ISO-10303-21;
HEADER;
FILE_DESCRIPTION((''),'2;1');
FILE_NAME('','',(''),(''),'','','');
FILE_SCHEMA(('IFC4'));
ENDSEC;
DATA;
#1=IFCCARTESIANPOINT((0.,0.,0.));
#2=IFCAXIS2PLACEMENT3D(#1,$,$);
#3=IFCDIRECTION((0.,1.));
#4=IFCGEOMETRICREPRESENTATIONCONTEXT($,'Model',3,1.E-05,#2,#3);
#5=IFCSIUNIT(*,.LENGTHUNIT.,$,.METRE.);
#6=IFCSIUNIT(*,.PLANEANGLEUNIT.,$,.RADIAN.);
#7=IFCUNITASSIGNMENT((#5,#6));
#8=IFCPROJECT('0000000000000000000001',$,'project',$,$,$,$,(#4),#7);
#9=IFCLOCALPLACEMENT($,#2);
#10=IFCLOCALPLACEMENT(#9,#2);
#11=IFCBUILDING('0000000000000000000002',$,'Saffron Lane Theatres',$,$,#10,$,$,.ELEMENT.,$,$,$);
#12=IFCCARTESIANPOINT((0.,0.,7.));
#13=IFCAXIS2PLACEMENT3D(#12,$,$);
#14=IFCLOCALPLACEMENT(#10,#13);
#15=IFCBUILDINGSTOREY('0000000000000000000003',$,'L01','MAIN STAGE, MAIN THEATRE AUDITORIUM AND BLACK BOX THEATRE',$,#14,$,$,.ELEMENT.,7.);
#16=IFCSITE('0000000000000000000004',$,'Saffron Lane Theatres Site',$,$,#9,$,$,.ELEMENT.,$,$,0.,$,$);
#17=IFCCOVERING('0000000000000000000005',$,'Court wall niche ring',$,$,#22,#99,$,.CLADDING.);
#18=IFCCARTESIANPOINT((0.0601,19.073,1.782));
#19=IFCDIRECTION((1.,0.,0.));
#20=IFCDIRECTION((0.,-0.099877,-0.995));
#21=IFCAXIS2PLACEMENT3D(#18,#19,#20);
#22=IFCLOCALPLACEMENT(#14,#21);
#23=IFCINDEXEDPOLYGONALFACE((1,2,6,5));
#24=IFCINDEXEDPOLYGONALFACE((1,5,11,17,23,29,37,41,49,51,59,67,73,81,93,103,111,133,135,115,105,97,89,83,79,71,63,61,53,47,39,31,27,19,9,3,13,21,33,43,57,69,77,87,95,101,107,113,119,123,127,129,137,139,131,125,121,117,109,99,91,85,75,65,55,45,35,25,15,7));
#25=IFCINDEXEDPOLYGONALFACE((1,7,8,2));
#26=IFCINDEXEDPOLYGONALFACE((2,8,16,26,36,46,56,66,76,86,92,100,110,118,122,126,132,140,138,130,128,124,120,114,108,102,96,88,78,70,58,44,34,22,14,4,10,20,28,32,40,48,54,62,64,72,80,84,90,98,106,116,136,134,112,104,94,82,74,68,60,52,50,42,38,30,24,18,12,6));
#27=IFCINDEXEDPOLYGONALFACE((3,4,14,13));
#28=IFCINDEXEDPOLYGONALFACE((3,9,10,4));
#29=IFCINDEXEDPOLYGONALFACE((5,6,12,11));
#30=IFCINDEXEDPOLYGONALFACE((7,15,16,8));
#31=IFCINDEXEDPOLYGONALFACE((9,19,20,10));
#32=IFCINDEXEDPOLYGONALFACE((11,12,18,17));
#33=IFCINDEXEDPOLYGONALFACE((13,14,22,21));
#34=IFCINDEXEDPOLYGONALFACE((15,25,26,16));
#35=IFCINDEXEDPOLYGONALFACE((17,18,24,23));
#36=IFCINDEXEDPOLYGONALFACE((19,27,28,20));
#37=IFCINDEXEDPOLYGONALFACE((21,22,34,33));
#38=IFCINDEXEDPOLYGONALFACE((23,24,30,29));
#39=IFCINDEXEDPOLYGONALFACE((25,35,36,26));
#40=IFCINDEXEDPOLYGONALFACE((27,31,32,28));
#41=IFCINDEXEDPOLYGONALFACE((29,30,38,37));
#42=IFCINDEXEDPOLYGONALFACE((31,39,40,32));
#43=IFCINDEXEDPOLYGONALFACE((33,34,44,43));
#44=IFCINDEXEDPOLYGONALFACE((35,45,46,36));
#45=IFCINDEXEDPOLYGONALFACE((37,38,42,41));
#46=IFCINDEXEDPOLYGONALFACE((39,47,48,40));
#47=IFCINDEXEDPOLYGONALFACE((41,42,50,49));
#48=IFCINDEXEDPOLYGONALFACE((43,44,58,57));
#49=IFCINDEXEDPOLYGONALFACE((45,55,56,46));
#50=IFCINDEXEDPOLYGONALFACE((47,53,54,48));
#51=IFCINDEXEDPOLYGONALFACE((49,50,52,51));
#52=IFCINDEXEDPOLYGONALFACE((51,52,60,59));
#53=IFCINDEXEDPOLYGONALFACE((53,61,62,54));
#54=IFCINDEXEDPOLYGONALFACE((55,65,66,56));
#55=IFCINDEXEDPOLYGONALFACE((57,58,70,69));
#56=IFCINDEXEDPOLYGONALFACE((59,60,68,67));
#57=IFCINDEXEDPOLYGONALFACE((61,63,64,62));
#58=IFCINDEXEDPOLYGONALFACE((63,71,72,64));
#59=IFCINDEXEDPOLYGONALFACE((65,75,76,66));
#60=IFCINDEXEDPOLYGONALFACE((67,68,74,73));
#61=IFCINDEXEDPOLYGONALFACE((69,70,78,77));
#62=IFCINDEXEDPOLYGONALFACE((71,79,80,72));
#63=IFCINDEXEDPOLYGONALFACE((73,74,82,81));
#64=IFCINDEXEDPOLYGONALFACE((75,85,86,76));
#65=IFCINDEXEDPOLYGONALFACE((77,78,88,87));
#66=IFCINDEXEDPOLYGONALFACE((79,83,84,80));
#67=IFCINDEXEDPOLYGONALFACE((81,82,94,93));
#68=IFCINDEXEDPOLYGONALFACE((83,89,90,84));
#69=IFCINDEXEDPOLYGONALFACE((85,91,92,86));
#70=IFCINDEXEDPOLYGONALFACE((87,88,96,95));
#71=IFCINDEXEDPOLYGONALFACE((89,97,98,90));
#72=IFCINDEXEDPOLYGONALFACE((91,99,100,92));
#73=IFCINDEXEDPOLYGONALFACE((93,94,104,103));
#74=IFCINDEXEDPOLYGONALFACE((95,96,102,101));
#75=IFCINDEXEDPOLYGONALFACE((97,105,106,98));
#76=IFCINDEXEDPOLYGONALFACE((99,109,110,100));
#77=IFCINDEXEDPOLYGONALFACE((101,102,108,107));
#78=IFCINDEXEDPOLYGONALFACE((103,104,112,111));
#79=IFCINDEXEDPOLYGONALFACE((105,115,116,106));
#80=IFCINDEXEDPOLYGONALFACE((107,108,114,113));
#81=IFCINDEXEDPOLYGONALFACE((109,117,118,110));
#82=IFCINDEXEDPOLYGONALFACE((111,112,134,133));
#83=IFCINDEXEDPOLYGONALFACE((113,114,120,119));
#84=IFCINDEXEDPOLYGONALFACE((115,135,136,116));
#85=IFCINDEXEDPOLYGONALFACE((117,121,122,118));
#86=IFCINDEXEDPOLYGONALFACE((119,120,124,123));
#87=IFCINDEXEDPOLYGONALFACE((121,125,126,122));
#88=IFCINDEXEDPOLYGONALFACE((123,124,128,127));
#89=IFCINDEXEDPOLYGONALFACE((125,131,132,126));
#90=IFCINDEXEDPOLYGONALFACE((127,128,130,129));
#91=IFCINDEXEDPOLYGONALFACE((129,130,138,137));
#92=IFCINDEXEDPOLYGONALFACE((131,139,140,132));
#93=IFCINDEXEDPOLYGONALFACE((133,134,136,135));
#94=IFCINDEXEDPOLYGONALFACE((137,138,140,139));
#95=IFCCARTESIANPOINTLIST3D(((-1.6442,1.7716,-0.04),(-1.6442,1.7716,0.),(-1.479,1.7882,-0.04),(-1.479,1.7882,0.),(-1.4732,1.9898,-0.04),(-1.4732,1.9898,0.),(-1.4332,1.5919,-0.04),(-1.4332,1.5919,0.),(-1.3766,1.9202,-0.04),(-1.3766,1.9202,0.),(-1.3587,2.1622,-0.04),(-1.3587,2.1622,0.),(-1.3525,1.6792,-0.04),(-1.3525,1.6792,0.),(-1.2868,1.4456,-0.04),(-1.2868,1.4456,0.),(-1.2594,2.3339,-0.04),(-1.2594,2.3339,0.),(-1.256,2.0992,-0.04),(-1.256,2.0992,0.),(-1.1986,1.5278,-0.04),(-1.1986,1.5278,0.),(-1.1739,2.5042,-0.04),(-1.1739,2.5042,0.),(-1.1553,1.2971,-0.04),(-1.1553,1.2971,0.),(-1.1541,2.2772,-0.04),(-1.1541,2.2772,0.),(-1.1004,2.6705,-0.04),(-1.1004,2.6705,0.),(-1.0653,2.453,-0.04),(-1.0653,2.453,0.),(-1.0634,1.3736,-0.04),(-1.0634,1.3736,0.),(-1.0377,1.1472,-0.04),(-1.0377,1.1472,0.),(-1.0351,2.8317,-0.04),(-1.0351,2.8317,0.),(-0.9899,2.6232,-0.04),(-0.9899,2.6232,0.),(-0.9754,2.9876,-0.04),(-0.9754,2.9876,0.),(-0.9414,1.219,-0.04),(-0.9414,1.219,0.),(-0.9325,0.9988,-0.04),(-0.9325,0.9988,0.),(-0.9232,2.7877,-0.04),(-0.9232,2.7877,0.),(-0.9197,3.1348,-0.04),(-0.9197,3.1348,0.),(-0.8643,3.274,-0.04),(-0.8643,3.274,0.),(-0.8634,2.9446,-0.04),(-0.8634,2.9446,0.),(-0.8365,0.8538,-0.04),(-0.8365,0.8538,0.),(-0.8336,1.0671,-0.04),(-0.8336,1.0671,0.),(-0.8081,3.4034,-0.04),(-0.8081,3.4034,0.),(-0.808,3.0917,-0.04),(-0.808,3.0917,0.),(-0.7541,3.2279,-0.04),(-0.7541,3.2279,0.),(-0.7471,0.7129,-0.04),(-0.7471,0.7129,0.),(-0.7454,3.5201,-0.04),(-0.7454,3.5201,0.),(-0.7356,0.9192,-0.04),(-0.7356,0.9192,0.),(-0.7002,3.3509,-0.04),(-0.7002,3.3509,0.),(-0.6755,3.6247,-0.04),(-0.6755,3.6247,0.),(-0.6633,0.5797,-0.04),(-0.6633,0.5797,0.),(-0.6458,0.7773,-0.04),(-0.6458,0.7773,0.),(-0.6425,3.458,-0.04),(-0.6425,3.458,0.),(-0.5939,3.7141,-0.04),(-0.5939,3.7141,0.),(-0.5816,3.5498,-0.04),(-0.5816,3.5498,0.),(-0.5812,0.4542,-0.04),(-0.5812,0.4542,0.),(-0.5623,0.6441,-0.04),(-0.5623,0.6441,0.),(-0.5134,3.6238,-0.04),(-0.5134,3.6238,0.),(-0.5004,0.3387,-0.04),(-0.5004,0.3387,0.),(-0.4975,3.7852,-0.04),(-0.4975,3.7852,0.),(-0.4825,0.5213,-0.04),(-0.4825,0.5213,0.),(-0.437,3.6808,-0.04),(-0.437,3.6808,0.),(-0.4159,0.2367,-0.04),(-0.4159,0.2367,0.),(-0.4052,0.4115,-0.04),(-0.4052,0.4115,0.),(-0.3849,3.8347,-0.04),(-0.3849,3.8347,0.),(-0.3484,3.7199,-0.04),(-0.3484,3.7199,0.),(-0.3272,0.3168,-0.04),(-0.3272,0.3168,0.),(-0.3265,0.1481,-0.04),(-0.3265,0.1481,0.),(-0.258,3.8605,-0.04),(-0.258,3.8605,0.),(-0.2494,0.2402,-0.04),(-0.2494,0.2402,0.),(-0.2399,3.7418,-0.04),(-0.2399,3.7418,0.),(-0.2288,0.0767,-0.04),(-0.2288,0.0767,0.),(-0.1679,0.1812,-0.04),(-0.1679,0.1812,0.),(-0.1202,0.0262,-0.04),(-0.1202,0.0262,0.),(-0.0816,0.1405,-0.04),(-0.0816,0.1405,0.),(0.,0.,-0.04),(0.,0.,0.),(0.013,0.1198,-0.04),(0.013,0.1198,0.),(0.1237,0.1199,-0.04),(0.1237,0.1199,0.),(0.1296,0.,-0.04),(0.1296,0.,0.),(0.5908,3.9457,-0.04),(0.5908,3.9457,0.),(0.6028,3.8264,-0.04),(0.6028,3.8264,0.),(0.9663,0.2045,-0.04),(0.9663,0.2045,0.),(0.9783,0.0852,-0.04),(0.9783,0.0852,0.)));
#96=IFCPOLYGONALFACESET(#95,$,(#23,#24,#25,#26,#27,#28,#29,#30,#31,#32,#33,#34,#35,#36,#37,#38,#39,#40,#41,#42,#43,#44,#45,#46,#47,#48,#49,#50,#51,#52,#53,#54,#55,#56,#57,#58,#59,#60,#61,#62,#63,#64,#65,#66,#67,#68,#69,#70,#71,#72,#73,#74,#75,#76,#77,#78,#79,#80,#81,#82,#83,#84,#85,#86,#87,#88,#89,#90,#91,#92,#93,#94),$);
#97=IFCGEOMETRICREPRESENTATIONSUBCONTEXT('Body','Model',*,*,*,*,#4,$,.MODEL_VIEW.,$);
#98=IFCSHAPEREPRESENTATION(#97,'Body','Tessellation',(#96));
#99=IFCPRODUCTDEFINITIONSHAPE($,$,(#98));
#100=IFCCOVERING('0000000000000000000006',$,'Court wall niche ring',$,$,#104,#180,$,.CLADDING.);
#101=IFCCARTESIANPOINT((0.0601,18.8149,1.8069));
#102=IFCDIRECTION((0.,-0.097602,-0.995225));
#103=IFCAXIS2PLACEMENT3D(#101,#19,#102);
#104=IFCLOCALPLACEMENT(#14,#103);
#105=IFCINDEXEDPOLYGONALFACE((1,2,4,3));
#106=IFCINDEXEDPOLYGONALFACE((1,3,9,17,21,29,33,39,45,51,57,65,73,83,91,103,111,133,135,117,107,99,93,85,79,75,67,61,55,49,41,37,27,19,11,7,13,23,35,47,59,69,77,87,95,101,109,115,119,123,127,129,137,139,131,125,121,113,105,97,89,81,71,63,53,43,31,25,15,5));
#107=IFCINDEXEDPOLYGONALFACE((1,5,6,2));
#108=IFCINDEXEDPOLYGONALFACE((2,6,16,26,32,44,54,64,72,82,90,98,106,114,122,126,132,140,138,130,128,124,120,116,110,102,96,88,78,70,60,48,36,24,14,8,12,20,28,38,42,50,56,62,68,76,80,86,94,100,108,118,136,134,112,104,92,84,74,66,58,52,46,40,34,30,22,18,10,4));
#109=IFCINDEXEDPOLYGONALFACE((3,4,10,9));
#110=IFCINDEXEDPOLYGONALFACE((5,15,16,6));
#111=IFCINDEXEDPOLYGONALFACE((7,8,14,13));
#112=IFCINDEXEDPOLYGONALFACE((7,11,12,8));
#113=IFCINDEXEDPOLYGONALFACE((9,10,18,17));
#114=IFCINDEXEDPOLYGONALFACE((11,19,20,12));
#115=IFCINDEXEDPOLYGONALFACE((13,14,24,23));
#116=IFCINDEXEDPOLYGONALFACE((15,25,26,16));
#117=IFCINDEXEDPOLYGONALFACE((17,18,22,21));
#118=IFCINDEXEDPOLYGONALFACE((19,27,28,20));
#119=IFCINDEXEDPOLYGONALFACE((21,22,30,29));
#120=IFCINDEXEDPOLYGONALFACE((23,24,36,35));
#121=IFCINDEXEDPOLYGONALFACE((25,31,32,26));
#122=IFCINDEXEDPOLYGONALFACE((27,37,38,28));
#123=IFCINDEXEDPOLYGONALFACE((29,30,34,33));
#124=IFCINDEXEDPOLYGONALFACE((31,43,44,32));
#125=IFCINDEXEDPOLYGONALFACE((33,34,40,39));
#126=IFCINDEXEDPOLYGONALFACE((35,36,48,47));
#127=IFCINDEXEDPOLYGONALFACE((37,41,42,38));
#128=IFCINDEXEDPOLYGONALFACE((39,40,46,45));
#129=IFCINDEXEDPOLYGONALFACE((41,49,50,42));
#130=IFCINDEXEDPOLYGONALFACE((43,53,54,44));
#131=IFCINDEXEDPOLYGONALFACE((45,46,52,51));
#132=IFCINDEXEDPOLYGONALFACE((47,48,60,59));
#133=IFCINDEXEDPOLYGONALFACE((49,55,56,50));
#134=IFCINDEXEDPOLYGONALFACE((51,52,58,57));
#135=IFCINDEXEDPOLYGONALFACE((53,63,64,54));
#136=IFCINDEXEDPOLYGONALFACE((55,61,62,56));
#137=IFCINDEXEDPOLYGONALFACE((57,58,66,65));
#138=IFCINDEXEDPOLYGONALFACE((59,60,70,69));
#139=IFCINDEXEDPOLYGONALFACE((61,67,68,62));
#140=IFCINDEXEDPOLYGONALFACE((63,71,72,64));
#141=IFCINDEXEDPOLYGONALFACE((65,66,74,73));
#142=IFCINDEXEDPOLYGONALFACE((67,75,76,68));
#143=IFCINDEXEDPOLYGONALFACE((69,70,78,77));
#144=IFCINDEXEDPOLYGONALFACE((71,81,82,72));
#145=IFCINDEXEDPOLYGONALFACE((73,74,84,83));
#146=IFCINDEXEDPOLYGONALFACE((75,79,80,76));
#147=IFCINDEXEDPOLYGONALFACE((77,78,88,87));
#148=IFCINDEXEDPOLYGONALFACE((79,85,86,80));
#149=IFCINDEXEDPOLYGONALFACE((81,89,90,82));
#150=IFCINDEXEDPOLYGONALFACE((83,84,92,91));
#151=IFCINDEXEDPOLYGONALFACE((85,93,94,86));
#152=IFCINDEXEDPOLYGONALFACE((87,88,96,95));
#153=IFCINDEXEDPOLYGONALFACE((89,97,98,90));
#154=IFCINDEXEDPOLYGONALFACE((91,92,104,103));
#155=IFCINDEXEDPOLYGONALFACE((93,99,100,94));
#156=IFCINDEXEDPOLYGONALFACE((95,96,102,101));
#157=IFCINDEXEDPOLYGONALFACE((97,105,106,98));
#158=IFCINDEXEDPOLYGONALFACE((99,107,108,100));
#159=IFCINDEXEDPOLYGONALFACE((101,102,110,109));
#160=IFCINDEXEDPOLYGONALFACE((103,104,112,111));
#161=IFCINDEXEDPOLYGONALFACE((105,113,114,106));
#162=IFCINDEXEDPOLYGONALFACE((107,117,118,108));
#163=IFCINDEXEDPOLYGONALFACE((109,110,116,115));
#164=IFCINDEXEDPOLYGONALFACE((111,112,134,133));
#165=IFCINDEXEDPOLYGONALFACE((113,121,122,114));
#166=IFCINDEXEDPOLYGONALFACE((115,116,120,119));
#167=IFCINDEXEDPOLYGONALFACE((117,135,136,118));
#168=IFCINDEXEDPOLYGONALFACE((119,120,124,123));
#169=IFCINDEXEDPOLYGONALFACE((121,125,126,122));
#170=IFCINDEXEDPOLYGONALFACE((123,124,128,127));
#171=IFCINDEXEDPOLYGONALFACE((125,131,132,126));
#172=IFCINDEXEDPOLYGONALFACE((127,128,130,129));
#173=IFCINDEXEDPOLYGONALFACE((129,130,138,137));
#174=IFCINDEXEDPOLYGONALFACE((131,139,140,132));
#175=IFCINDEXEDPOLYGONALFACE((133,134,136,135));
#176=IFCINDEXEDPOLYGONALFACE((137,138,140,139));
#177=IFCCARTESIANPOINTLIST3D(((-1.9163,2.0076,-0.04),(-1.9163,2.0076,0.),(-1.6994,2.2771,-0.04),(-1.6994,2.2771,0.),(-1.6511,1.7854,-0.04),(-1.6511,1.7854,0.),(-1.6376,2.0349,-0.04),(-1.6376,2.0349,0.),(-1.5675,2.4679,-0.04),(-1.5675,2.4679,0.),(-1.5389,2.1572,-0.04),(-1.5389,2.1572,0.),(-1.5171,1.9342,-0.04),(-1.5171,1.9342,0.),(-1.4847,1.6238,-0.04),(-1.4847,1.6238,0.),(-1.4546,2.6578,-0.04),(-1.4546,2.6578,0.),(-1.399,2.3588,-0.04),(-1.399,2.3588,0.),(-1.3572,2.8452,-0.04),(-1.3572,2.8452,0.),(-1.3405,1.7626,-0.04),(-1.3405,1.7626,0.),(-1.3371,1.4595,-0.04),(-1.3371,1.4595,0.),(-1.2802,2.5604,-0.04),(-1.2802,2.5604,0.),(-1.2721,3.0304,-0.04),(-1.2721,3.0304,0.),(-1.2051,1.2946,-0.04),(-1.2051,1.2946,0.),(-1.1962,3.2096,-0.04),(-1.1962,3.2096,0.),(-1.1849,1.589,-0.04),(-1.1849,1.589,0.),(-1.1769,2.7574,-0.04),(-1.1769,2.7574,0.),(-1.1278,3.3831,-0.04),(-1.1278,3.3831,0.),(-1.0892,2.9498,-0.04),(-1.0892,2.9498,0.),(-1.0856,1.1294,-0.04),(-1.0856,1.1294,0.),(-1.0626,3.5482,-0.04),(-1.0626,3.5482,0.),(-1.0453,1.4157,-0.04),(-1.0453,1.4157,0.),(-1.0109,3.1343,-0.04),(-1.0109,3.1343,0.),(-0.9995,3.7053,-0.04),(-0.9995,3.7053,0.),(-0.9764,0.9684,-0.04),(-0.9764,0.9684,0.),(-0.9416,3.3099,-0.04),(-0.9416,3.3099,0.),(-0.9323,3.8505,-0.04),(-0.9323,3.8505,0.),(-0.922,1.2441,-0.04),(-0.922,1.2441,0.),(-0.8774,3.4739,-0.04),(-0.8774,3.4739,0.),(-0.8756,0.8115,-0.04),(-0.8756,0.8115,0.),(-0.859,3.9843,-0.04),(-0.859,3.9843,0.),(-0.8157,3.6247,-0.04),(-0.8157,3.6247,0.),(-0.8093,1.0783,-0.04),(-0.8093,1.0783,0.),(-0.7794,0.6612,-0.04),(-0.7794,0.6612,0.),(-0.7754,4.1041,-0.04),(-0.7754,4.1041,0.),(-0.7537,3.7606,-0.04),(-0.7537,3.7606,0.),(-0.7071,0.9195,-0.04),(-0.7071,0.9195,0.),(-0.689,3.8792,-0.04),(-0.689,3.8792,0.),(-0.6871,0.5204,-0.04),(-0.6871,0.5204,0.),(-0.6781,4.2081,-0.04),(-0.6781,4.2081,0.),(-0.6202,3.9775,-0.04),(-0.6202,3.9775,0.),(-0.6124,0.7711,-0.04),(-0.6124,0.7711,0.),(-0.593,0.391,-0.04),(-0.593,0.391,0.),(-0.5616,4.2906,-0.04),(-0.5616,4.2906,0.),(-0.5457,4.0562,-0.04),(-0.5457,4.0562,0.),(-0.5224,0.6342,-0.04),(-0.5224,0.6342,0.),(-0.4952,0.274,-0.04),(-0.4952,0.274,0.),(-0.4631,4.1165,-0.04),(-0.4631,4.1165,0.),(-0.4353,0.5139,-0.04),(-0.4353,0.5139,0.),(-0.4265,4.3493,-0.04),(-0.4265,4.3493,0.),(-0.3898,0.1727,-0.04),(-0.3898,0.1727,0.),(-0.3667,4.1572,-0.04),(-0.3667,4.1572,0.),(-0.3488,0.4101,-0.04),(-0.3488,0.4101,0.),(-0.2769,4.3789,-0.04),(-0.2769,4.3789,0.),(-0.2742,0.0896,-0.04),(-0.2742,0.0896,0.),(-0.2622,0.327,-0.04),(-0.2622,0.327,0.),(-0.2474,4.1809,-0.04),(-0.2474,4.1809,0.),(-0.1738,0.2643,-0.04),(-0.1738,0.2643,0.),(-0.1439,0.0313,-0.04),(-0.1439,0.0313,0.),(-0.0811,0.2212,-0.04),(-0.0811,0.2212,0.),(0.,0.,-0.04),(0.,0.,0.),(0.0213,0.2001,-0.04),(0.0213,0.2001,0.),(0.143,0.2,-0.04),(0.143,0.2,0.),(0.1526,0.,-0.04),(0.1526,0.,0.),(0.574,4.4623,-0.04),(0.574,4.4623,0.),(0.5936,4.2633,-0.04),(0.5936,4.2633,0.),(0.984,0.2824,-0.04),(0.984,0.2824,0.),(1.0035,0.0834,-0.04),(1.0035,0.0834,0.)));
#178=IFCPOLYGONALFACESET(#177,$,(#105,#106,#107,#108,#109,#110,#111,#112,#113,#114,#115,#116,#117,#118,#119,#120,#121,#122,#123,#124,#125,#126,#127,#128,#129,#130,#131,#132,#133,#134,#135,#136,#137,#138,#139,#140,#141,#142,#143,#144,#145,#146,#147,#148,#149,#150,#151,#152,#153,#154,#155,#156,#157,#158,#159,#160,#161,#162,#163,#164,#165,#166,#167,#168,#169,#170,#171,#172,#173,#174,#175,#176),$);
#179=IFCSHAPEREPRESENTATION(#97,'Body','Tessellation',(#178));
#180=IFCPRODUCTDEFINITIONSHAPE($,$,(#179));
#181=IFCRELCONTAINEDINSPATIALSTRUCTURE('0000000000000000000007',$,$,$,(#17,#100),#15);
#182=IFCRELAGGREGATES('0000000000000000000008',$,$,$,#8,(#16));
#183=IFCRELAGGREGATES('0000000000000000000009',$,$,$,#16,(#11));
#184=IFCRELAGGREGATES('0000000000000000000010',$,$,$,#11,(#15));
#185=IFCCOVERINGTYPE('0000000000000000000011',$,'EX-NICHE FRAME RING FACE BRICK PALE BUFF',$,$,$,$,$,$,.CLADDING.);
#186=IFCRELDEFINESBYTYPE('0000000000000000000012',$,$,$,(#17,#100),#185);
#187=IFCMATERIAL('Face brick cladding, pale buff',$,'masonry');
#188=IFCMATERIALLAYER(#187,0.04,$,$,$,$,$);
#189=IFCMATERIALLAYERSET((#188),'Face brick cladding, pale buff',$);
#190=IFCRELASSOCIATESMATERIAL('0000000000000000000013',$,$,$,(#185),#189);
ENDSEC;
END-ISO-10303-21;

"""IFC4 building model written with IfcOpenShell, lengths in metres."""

from ifc_helpers import new_model, si_unit, direction, frame, origin, place, context, subcontext, project, spatial, polyline, outline, extrude, material, layer, layer_set, type_object, element, save


model = new_model("IFC4")

# Units and contexts
model_context = context("Model", 3, precision=1e-05, world=origin(), true_north=direction((0.0, 1.0)))
body_context = subcontext(model_context, "Body", "Model", "MODEL_VIEW")
ifc_project = project(units=[si_unit("LENGTHUNIT", "METRE"), si_unit("PLANEANGLEUNIT", "RADIAN")], contexts=[model_context])

# Site, building, storey
site_placement = place(None, origin())
site = spatial("IfcSite", under=ifc_project, at=site_placement, Name="Saffron Lane Theatres Site", CompositionType="ELEMENT", RefElevation=0.0)
building_placement = place(site_placement, origin())
building = spatial("IfcBuilding", under=site, at=building_placement, Name="Saffron Lane Theatres", CompositionType="ELEMENT")
storey_placement = place(building_placement, frame((0.0, 0.0, 7.0)))
storey = spatial("IfcBuildingStorey", under=building, at=storey_placement, Name="L01", Description="MAIN STAGE, MAIN THEATRE AUDITORIUM AND BLACK BOX THEATRE", CompositionType="ELEMENT", Elevation=7.0)

# Coverings
ifc_material_1 = material(Name="Face brick cladding, pale buff", Category="masonry")
ifc_layer_1 = layer(ifc_material_1, 0.04)
ifc_layer_set_1 = layer_set([ifc_layer_1], Name="Face brick cladding, pale buff")
covering_type_1 = type_object("IfcCoveringType", Name="EX-NICHE FRAME RING FACE BRICK PALE BUFF", PredefinedType="CLADDING", material=ifc_layer_set_1)
covering_1_placement = place(storey_placement, frame((0.0601, 19.073, 1.782), z_axis=(1.0, 0.0, 0.0), x_axis=(0.0, -0.099877, -0.995)))
element("IfcCovering", 1, at=covering_1_placement, inside=storey, type_object=covering_type_1, Name="Court wall niche ring", PredefinedType="CLADDING", context=body_context, shape_type="SweptSolid", body=[
    extrude(outline(polyline([(0.0, 0.0), (0.1296, 0.0), (0.9783, 0.0852), (0.9663, 0.2045), (0.1237, 0.1199), (0.013, 0.1198), (-0.0816, 0.1405), (-0.1679, 0.1812), (-0.2494, 0.2402), (-0.3272, 0.3168), (-0.4052, 0.4115), (-0.4825, 0.5213), (-0.5623, 0.6441), (-0.6458, 0.7773), (-0.7356, 0.9192), (-0.8336, 1.0671), (-0.9414, 1.219), (-1.0634, 1.3736), (-1.1986, 1.5278), (-1.3525, 1.6792), (-1.479, 1.7882), (-1.3766, 1.9202), (-1.256, 2.0992), (-1.1541, 2.2772), (-1.0653, 2.453), (-0.9899, 2.6232), (-0.9232, 2.7877), (-0.8634, 2.9446), (-0.808, 3.0917), (-0.7541, 3.2279), (-0.7002, 3.3509), (-0.6425, 3.458), (-0.5816, 3.5498), (-0.5134, 3.6238), (-0.437, 3.6808), (-0.3484, 3.7199), (-0.2399, 3.7418), (0.6028, 3.8264), (0.5908, 3.9457), (-0.258, 3.8605), (-0.3849, 3.8347), (-0.4975, 3.7852), (-0.5939, 3.7141), (-0.6755, 3.6247), (-0.7454, 3.5201), (-0.8081, 3.4034), (-0.8643, 3.274), (-0.9197, 3.1348), (-0.9754, 2.9876), (-1.0351, 2.8317), (-1.1004, 2.6705), (-1.1739, 2.5042), (-1.2594, 2.3339), (-1.3587, 2.1622), (-1.4732, 1.9898), (-1.6442, 1.7716), (-1.4332, 1.5919), (-1.2868, 1.4456), (-1.1553, 1.2971), (-1.0377, 1.1472), (-0.9325, 0.9988), (-0.8365, 0.8538), (-0.7471, 0.7129), (-0.6633, 0.5797), (-0.5812, 0.4542), (-0.5004, 0.3387), (-0.4159, 0.2367), (-0.3265, 0.1481), (-0.2288, 0.0767), (-0.1202, 0.0262), (0.0, 0.0)])), origin(), (0.0, 0.0, -1.0), 0.04),
])
covering_2_placement = place(storey_placement, frame((0.0601, 18.8149, 1.8069), z_axis=(1.0, 0.0, 0.0), x_axis=(0.0, -0.097602, -0.995225)))
element("IfcCovering", 2, at=covering_2_placement, inside=storey, type_object=covering_type_1, Name="Court wall niche ring", PredefinedType="CLADDING", context=body_context, shape_type="SweptSolid", body=[
    extrude(outline(polyline([(0.0, 0.0), (0.1526, 0.0), (1.0035, 0.0834), (0.984, 0.2824), (0.143, 0.2), (0.0213, 0.2001), (-0.0811, 0.2212), (-0.1738, 0.2643), (-0.2622, 0.327), (-0.3488, 0.4101), (-0.4353, 0.5139), (-0.5224, 0.6342), (-0.6124, 0.7711), (-0.7071, 0.9195), (-0.8093, 1.0783), (-0.922, 1.2441), (-1.0453, 1.4157), (-1.1849, 1.589), (-1.3405, 1.7626), (-1.5171, 1.9342), (-1.6376, 2.0349), (-1.5389, 2.1572), (-1.399, 2.3588), (-1.2802, 2.5604), (-1.1769, 2.7574), (-1.0892, 2.9498), (-1.0109, 3.1343), (-0.9416, 3.3099), (-0.8774, 3.4739), (-0.8157, 3.6247), (-0.7537, 3.7606), (-0.689, 3.8792), (-0.6202, 3.9775), (-0.5457, 4.0562), (-0.4631, 4.1165), (-0.3667, 4.1572), (-0.2474, 4.1809), (0.5936, 4.2633), (0.574, 4.4623), (-0.2769, 4.3789), (-0.4265, 4.3493), (-0.5616, 4.2906), (-0.6781, 4.2081), (-0.7754, 4.1041), (-0.859, 3.9843), (-0.9323, 3.8505), (-0.9995, 3.7053), (-1.0626, 3.5482), (-1.1278, 3.3831), (-1.1962, 3.2096), (-1.2721, 3.0304), (-1.3572, 2.8452), (-1.4546, 2.6578), (-1.5675, 2.4679), (-1.6994, 2.2771), (-1.9163, 2.0076), (-1.6511, 1.7854), (-1.4847, 1.6238), (-1.3371, 1.4595), (-1.2051, 1.2946), (-1.0856, 1.1294), (-0.9764, 0.9684), (-0.8756, 0.8115), (-0.7794, 0.6612), (-0.6871, 0.5204), (-0.593, 0.391), (-0.4952, 0.274), (-0.3898, 0.1727), (-0.2742, 0.0896), (-0.1439, 0.0313), (0.0, 0.0)])), origin(), (0.0, 0.0, -1.0), 0.04),
])

save(model, "model.ifc")
